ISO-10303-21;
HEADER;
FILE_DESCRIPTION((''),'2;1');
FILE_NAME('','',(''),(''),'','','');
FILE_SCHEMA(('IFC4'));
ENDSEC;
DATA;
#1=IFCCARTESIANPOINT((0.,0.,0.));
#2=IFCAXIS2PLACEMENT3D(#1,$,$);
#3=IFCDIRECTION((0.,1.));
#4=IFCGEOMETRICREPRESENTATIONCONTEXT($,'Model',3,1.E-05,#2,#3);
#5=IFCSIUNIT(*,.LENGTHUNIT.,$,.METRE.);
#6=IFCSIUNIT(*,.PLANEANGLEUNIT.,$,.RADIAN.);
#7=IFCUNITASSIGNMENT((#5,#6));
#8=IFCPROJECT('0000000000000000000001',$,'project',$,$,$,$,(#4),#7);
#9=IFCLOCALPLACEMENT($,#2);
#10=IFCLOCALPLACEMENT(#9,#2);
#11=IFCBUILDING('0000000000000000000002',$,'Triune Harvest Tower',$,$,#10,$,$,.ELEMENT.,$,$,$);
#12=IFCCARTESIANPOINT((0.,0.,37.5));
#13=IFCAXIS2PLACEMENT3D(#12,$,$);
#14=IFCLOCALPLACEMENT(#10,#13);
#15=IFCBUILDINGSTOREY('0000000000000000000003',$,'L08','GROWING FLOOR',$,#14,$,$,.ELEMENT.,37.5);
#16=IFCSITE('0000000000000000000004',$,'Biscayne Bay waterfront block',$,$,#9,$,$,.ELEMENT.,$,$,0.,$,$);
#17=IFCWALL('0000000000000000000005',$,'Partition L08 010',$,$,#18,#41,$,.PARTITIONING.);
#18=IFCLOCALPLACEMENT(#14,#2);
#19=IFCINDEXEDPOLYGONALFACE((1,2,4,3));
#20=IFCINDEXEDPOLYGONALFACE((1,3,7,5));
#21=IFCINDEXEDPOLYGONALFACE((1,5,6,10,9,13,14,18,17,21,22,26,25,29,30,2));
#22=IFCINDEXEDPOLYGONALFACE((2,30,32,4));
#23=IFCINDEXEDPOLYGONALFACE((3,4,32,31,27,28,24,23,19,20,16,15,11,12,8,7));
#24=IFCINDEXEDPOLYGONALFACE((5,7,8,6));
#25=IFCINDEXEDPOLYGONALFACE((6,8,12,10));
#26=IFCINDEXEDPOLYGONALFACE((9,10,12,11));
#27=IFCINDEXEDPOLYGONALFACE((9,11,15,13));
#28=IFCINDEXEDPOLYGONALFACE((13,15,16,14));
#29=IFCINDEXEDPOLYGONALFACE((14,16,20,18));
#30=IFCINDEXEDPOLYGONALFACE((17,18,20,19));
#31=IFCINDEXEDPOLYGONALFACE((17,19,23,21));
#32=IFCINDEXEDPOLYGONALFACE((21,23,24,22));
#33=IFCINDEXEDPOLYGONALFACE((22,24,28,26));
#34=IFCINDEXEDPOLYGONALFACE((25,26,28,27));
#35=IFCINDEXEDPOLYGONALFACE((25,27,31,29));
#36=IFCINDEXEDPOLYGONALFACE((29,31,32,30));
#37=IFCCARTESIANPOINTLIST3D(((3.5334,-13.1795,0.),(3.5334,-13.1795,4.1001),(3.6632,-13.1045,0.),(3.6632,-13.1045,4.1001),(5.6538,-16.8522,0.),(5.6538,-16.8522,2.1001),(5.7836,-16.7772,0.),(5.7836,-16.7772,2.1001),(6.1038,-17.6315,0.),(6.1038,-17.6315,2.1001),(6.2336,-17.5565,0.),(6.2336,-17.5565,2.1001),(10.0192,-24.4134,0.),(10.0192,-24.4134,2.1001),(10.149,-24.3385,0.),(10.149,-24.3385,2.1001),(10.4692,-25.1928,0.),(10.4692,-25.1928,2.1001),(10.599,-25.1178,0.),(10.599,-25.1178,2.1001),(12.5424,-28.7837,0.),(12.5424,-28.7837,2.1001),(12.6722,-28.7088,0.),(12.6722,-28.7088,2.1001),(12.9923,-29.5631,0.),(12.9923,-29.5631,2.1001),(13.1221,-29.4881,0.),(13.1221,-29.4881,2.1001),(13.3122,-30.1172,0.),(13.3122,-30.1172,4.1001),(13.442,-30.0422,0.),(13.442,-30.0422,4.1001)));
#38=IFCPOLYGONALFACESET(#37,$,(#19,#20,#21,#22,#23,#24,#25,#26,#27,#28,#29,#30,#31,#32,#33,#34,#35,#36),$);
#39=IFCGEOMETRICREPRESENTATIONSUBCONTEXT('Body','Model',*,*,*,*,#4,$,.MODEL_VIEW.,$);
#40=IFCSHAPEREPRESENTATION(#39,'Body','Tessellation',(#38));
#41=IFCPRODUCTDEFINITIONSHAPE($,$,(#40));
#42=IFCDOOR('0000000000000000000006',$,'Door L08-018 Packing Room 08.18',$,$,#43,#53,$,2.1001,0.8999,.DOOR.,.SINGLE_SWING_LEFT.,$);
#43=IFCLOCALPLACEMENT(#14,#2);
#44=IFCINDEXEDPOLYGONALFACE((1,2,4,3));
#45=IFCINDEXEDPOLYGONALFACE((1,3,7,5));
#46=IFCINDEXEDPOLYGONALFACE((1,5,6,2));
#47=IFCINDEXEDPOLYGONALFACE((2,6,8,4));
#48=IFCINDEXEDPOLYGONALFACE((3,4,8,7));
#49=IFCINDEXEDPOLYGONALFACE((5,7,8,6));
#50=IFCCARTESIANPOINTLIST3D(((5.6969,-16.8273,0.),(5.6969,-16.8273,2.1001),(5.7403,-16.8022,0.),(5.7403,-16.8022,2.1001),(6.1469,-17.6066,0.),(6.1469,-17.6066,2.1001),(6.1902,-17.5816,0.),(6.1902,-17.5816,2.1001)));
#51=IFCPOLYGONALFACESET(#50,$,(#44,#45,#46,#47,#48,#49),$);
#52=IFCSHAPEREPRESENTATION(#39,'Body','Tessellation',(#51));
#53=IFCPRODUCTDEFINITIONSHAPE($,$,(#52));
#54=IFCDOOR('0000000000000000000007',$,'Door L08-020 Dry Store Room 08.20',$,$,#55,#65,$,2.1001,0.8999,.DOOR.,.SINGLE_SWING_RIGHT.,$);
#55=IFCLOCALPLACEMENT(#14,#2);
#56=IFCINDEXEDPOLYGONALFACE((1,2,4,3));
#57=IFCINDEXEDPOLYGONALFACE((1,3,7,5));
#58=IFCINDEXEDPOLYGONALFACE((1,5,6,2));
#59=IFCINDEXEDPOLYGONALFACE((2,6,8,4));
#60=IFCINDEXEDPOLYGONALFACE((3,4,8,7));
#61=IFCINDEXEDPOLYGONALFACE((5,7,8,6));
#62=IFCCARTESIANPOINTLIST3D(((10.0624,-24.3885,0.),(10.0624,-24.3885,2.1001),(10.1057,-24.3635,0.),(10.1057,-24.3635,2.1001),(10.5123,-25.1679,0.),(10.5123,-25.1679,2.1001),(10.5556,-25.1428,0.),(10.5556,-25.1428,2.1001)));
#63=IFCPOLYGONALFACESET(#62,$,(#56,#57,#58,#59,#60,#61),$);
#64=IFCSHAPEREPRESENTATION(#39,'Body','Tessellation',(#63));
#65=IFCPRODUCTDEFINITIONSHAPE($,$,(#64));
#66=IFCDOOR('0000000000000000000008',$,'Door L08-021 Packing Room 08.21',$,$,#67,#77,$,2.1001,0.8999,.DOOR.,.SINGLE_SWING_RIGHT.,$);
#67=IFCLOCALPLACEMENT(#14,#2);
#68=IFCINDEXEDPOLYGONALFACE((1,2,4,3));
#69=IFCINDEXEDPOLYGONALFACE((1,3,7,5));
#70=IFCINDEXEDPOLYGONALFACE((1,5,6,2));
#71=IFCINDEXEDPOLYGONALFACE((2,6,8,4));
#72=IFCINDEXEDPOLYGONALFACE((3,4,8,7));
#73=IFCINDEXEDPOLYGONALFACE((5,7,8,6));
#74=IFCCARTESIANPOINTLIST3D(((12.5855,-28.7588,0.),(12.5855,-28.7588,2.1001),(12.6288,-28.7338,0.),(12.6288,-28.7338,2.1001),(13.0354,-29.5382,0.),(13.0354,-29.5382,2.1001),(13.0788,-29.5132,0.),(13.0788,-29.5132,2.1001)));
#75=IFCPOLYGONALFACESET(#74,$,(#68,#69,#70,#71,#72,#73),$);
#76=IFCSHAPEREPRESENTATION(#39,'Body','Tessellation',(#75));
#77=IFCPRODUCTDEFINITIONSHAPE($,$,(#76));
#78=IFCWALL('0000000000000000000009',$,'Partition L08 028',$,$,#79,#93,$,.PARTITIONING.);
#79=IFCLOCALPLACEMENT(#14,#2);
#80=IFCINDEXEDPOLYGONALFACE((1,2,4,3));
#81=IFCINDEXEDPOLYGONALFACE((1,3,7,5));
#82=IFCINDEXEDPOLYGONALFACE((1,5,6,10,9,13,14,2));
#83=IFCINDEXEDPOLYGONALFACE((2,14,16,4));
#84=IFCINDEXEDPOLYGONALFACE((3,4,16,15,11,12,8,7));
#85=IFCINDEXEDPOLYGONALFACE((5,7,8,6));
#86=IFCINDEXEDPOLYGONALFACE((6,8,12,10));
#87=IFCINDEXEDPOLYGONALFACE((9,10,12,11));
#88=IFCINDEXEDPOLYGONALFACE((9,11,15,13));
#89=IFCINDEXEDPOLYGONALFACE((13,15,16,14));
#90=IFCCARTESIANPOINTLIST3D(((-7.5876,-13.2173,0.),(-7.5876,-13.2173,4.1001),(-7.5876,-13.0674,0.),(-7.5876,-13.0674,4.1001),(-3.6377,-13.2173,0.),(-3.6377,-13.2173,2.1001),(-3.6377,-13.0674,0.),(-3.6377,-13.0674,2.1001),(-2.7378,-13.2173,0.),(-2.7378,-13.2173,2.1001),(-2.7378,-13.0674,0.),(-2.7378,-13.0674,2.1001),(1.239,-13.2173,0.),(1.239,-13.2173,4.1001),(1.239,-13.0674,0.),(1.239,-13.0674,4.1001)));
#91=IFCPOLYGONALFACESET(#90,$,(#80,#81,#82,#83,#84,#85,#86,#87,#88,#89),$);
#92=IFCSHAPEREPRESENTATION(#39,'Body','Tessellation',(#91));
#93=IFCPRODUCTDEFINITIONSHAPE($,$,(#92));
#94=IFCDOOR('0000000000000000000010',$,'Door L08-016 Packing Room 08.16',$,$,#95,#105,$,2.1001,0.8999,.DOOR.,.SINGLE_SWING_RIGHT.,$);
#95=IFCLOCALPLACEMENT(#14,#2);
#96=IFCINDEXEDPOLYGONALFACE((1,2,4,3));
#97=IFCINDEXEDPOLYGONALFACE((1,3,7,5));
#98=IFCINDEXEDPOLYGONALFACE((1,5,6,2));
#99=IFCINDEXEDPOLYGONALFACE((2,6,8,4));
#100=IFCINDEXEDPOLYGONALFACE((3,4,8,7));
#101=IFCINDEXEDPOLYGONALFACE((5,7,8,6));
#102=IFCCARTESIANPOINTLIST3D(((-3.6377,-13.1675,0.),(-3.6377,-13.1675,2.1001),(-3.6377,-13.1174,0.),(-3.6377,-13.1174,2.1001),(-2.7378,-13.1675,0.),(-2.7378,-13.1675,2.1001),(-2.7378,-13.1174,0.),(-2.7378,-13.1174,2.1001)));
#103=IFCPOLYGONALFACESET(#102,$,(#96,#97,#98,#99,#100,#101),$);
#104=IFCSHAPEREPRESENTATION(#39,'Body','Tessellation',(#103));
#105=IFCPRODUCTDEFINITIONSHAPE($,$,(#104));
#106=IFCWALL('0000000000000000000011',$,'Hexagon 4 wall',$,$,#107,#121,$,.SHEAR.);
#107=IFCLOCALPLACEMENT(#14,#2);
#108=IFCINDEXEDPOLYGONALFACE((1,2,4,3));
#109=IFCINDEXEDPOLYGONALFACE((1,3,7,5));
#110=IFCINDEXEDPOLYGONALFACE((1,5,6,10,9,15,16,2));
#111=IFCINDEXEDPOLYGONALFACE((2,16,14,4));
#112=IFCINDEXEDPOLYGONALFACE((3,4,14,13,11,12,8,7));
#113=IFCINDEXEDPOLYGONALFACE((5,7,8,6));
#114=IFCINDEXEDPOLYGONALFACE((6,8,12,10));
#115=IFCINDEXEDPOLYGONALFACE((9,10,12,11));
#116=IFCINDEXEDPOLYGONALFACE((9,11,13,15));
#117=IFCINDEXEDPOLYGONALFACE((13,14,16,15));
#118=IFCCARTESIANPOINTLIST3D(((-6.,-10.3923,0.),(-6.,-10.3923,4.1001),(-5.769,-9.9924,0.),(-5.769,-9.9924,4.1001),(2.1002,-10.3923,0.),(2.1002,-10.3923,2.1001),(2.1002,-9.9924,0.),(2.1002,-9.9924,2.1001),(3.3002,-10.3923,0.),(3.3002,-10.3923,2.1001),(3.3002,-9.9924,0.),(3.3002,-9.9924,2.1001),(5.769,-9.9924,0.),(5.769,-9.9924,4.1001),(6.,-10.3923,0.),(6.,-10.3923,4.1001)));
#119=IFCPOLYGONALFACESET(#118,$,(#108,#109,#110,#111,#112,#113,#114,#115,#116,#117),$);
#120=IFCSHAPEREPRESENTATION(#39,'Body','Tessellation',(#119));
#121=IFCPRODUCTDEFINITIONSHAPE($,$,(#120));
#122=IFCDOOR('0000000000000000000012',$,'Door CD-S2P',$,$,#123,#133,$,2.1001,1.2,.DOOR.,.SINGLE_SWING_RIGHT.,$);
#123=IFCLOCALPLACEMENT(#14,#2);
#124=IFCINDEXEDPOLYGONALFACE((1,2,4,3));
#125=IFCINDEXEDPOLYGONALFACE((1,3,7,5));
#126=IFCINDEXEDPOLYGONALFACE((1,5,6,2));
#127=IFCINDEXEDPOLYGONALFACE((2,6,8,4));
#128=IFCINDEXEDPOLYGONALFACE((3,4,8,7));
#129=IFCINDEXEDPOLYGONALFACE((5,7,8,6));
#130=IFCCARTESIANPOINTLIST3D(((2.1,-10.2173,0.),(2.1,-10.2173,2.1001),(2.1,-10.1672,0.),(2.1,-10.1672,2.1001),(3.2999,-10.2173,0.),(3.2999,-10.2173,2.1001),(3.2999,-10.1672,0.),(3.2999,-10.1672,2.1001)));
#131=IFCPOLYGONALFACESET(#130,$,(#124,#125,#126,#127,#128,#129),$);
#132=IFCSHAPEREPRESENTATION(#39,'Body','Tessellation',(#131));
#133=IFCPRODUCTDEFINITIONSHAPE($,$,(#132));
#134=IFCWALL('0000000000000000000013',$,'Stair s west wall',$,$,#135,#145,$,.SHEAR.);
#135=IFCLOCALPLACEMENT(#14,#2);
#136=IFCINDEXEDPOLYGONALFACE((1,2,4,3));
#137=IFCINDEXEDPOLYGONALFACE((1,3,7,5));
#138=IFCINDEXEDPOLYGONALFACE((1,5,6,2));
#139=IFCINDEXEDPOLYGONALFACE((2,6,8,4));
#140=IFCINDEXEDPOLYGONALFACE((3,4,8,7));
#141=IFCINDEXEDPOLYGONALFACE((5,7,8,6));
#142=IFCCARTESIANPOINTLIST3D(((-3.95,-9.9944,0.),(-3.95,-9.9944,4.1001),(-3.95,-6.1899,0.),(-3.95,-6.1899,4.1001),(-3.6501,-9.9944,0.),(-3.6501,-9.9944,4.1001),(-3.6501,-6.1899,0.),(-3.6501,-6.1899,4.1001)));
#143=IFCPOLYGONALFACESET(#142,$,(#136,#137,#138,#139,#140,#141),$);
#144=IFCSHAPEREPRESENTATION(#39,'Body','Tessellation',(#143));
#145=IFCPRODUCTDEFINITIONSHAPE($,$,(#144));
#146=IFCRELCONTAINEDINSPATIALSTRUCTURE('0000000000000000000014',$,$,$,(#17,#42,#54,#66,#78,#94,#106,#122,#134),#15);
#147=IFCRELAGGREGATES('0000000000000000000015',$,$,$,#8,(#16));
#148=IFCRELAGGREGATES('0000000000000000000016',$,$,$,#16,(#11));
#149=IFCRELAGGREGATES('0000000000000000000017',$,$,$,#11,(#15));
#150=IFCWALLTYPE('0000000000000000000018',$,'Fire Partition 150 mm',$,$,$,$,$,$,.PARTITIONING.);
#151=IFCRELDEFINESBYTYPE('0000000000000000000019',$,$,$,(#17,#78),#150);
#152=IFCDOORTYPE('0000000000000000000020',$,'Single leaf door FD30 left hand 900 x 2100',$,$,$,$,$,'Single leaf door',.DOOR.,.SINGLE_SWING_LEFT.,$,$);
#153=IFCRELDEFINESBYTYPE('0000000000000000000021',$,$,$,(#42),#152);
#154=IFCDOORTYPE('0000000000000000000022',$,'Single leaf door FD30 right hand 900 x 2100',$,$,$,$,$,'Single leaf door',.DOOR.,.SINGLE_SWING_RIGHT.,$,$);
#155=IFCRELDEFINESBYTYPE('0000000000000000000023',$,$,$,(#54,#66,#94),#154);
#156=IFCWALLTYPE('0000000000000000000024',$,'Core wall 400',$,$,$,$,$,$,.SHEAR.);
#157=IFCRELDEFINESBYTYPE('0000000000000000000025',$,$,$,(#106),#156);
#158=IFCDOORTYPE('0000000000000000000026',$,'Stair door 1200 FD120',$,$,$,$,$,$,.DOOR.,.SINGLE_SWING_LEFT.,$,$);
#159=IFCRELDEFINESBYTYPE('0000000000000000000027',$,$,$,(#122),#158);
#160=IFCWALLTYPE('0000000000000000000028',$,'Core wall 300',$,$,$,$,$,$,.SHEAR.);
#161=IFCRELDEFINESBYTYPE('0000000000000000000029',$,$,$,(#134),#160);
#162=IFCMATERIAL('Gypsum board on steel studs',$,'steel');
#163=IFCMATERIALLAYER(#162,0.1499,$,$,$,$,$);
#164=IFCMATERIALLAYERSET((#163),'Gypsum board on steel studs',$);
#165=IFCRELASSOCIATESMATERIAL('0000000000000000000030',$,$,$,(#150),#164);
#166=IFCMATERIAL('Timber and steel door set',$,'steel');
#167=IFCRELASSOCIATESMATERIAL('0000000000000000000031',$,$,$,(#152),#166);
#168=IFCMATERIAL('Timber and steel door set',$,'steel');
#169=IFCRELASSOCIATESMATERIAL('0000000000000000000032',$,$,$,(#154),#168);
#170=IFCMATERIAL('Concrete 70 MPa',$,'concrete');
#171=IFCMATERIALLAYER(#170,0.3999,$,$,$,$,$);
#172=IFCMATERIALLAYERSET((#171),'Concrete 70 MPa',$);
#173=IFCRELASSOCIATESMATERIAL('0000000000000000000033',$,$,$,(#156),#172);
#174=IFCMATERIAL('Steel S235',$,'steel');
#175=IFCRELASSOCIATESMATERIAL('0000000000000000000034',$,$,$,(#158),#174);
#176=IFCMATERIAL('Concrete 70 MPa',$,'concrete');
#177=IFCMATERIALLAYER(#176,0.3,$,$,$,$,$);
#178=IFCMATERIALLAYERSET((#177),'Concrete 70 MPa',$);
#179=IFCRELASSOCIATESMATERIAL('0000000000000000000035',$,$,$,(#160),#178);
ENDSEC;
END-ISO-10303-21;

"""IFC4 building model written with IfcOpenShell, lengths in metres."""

from ifc_helpers import new_model, si_unit, direction, frame, frame_2d, origin, place, context, subcontext, project, spatial, polyline, rectangle, outline, extrude, source, transform, mapped, material, layer, layer_set, type_object, element, fill, save


model = new_model("IFC4")

# Units and contexts
model_context = context("Model", 3, precision=1e-05, world=origin(), true_north=direction((0.0, 1.0)))
body_context = subcontext(model_context, "Body", "Model", "MODEL_VIEW")
ifc_project = project(units=[si_unit("LENGTHUNIT", "METRE"), si_unit("PLANEANGLEUNIT", "RADIAN")], contexts=[model_context])

# Site, building, storey
site_placement = place(None, origin())
site = spatial("IfcSite", under=ifc_project, at=site_placement, Name="Biscayne Bay waterfront block", CompositionType="ELEMENT", RefElevation=0.0)
building_placement = place(site_placement, origin())
building = spatial("IfcBuilding", under=site, at=building_placement, Name="Triune Harvest Tower", CompositionType="ELEMENT")
storey_placement = place(building_placement, frame((0.0, 0.0, 37.5)))
storey = spatial("IfcBuildingStorey", under=building, at=storey_placement, Name="L08", Description="GROWING FLOOR", CompositionType="ELEMENT", Elevation=37.5)

# Shared definitions
ifc_material_1 = material(Name="Gypsum board on steel studs", Category="steel")
ifc_layer_1 = layer(ifc_material_1, 0.1499)
ifc_layer_set_1 = layer_set([ifc_layer_1], Name="Gypsum board on steel studs")
wall_type_1 = type_object("IfcWallType", Name="Fire Partition 150 mm", PredefinedType="PARTITIONING", material=ifc_layer_set_1)

# Wall, openings, doors
ifc_material_2 = material(Name="Timber and steel door set", Category="steel")
door_type_1 = type_object("IfcDoorType", Name="Single leaf door FD30 left hand 900 x 2100", ElementType="Single leaf door", OperationType="SINGLE_SWING_LEFT", PredefinedType="DOOR", material=ifc_material_2)
ifc_material_3 = material(Name="Timber and steel door set", Category="steel")
door_type_2 = type_object("IfcDoorType", Name="Single leaf door FD30 right hand 900 x 2100", ElementType="Single leaf door", OperationType="SINGLE_SWING_RIGHT", PredefinedType="DOOR", material=ifc_material_3)
wall_1_placement = place(storey_placement, frame((3.5984, -13.1421, 0.0), z_axis=(0.0, 0.0, 1.0), x_axis=(0.499992, -0.86603, 0.0)))
wall_1 = element("IfcWall", 1, at=wall_1_placement, inside=storey, type_object=wall_type_1, Name="Partition L08 010", PredefinedType="PARTITIONING", context=body_context, shape_type="SweptSolid", body=[
    extrude(rectangle(XDim=19.5579, YDim=0.1499, at=frame_2d((9.7788, 0.0))), origin(), (0.0, 0.0, 1.0), 4.1001),
])
opening_1_placement = place(wall_1_placement, frame((4.2407, 0.0, 0.0)))
opening_1 = element("IfcOpeningElement", 2, at=opening_1_placement, cuts=wall_1, PredefinedType="OPENING", context=body_context, shape_type="SweptSolid", body=[
    extrude(rectangle(XDim=0.8999, YDim=2.1001, at=frame_2d((0.45, 1.05))), frame((0.0, 0.085, 0.0), z_axis=(0.0, -1.0, 0.0), x_axis=(1.0, 0.0, 0.0)), (0.0, 0.0, 1.0), 0.1699),
])
opening_2_placement = place(wall_1_placement, frame((12.9717, 0.0, 0.0)))
opening_2 = element("IfcOpeningElement", 3, at=opening_2_placement, cuts=wall_1, PredefinedType="OPENING", context=body_context, shape_type="SweptSolid", body=[
    extrude(rectangle(XDim=0.8999, YDim=2.1001, at=frame_2d((0.45, 1.05))), frame((0.0, 0.085, 0.0), z_axis=(0.0, -1.0, 0.0), x_axis=(1.0, 0.0, 0.0)), (0.0, 0.0, 1.0), 0.1699),
])
opening_3_placement = place(wall_1_placement, frame((18.0181, 0.0, 0.0)))
opening_3 = element("IfcOpeningElement", 4, at=opening_3_placement, cuts=wall_1, PredefinedType="OPENING", context=body_context, shape_type="SweptSolid", body=[
    extrude(rectangle(XDim=0.8999, YDim=2.1001, at=frame_2d((0.45, 1.05))), frame((0.0, 0.085, 0.0), z_axis=(0.0, -1.0, 0.0), x_axis=(1.0, 0.0, 0.0)), (0.0, 0.0, 1.0), 0.1699),
])
door_1_placement = place(opening_1_placement, origin())
door_1 = element("IfcDoor", 5, at=door_1_placement, inside=storey, type_object=door_type_1, Name="Door L08-018 Packing Room 08.18", OperationType="SINGLE_SWING_LEFT", OverallHeight=2.1001, OverallWidth=0.8999, PredefinedType="DOOR", context=body_context, shape_type="SweptSolid", body=[
    extrude(rectangle(XDim=0.8999, YDim=2.1001, at=frame_2d((0.45, 1.05))), frame((0.0, 0.0249, 0.0), z_axis=(0.0, -1.0, 0.0), x_axis=(1.0, 0.0, 0.0)), (0.0, 0.0, 1.0), 0.05),
])
fill(opening_1, door_1)
door_2_placement = place(opening_2_placement, origin())
door_2 = element("IfcDoor", 6, at=door_2_placement, inside=storey, type_object=door_type_2, Name="Door L08-020 Dry Store Room 08.20", OperationType="SINGLE_SWING_RIGHT", OverallHeight=2.1001, OverallWidth=0.8999, PredefinedType="DOOR", context=body_context, shape_type="SweptSolid", body=[
    extrude(rectangle(XDim=0.8999, YDim=2.1001, at=frame_2d((0.45, 1.05))), frame((0.0, 0.0249, 0.0), z_axis=(0.0, -1.0, 0.0), x_axis=(1.0, 0.0, 0.0)), (0.0, 0.0, 1.0), 0.05),
])
fill(opening_2, door_2)
door_3_placement = place(opening_3_placement, origin())
door_3 = element("IfcDoor", 7, at=door_3_placement, inside=storey, type_object=door_type_2, Name="Door L08-021 Packing Room 08.21", OperationType="SINGLE_SWING_RIGHT", OverallHeight=2.1001, OverallWidth=0.8999, PredefinedType="DOOR", context=body_context, shape_type="SweptSolid", body=[
    extrude(rectangle(XDim=0.8999, YDim=2.1001, at=frame_2d((0.45, 1.05))), frame((0.0, 0.0249, 0.0), z_axis=(0.0, -1.0, 0.0), x_axis=(1.0, 0.0, 0.0)), (0.0, 0.0, 1.0), 0.05),
])
fill(opening_3, door_3)

# Walls, openings, doors
wall_2_placement = place(storey_placement, frame((-7.5876, -13.1423, 0.0), z_axis=(0.0, 0.0, 1.0), x_axis=(1.0, 0.0, 0.0)))
wall_2 = element("IfcWall", 8, at=wall_2_placement, inside=storey, type_object=wall_type_1, Name="Partition L08 028", PredefinedType="PARTITIONING", context=body_context, shape_type="SweptSolid", body=[
    extrude(rectangle(XDim=8.8267, YDim=0.1499, at=frame_2d((4.4133, 0.0))), origin(), (0.0, 0.0, 1.0), 4.1001),
])
opening_4_placement = place(wall_2_placement, frame((3.95, 0.0, 0.0)))
opening_4 = element("IfcOpeningElement", 9, at=opening_4_placement, cuts=wall_2, PredefinedType="OPENING", context=body_context, shape_type="SweptSolid", body=[
    extrude(rectangle(XDim=0.8999, YDim=2.1001, at=frame_2d((0.45, 1.05))), frame((0.0, 0.085, 0.0), z_axis=(0.0, -1.0, 0.0), x_axis=(1.0, 0.0, 0.0)), (0.0, 0.0, 1.0), 0.1699),
])
door_4_placement = place(opening_4_placement, origin())
door_4 = element("IfcDoor", 10, at=door_4_placement, inside=storey, type_object=door_type_2, Name="Door L08-016 Packing Room 08.16", OperationType="SINGLE_SWING_RIGHT", OverallHeight=2.1001, OverallWidth=0.8999, PredefinedType="DOOR", context=body_context, shape_type="SweptSolid", body=[
    extrude(rectangle(XDim=0.8999, YDim=2.1001, at=frame_2d((0.45, 1.05))), frame((0.0, 0.0249, 0.0), z_axis=(0.0, -1.0, 0.0), x_axis=(1.0, 0.0, 0.0)), (0.0, 0.0, 1.0), 0.05),
])
fill(opening_4, door_4)
ifc_material_4 = material(Name="Concrete 70 MPa", Category="concrete")
ifc_layer_2 = layer(ifc_material_4, 0.3999)
ifc_layer_set_2 = layer_set([ifc_layer_2], Name="Concrete 70 MPa")
wall_type_2 = type_object("IfcWallType", Name="Core wall 400", PredefinedType="SHEAR", material=ifc_layer_set_2)
shared_shape_1 = source(origin(), body_context, "Body", "SweptSolid", [
    extrude(outline(polyline([(-0.1155, -0.2), (11.8845, -0.2), (11.6536, 0.2), (0.1155, 0.2), (-0.1155, -0.2)])), origin(), (0.0, 0.0, 1.0), 4.1001),
])
wall_3_placement = place(storey_placement, frame((-5.8845, -10.1924, 0.0), z_axis=(0.0, 0.0, 1.0), x_axis=(1.0, 0.0, 0.0)))
wall_3 = element("IfcWall", 11, at=wall_3_placement, inside=storey, type_object=wall_type_2, Name="Hexagon 4 wall", PredefinedType="SHEAR", context=body_context, shape_type="MappedRepresentation", body=[
    mapped(shared_shape_1, transform((0.0, 0.0, 0.0), scale=1.0)),
])
opening_5_placement = place(wall_3_placement, frame((7.9846, 0.0, 0.0)))
opening_5 = element("IfcOpeningElement", 12, at=opening_5_placement, cuts=wall_3, PredefinedType="OPENING", context=body_context, shape_type="SweptSolid", body=[
    extrude(rectangle(XDim=1.2, YDim=2.1001, at=frame_2d((0.6001, 1.05))), frame((0.0, 0.21, 0.0), z_axis=(0.0, -1.0, 0.0), x_axis=(1.0, 0.0, 0.0)), (0.0, 0.0, 1.0), 0.4199),
])
ifc_material_5 = material(Name="Steel S235", Category="steel")
door_type_3 = type_object("IfcDoorType", Name="Stair door 1200 FD120", OperationType="SINGLE_SWING_LEFT", PredefinedType="DOOR", material=ifc_material_5)
door_5_placement = place(opening_5_placement, frame((1.2, 0.0, 0.0), z_axis=(0.0, 0.0, 1.0), x_axis=(-1.0, 0.0, 0.0)))
door_5 = element("IfcDoor", 13, at=door_5_placement, inside=storey, type_object=door_type_3, Name="Door CD-S2P", OperationType="SINGLE_SWING_RIGHT", OverallHeight=2.1001, OverallWidth=1.2, PredefinedType="DOOR", context=body_context, shape_type="SweptSolid", body=[
    extrude(rectangle(XDim=1.2, YDim=2.1001, at=frame_2d((0.6001, 1.05))), frame((0.0, 0.0249, 0.0), z_axis=(0.0, -1.0, 0.0), x_axis=(1.0, 0.0, 0.0)), (0.0, 0.0, 1.0), 0.05),
])
fill(opening_5, door_5)

# Wall
ifc_material_6 = material(Name="Concrete 70 MPa", Category="concrete")
ifc_layer_3 = layer(ifc_material_6, 0.3)
ifc_layer_set_3 = layer_set([ifc_layer_3], Name="Concrete 70 MPa")
wall_type_3 = type_object("IfcWallType", Name="Core wall 300", PredefinedType="SHEAR", material=ifc_layer_set_3)
shared_shape_2 = source(origin(), body_context, "Body", "SweptSolid", [
    extrude(outline(polyline([(3.8, -0.1499), (-0.0044, -0.1499), (-0.0044, 0.1499), (3.8, 0.1499), (3.8, -0.1499)])), origin(), (0.0, 0.0, 1.0), 4.1001),
])
wall_4_placement = place(storey_placement, frame((-3.8, -9.99, 0.0), z_axis=(0.0, 0.0, 1.0), x_axis=(0.0, 1.0, 0.0)))
element("IfcWall", 14, at=wall_4_placement, inside=storey, type_object=wall_type_3, Name="Stair s west wall", PredefinedType="SHEAR", context=body_context, shape_type="MappedRepresentation", body=[
    mapped(shared_shape_2, transform((0.0, 0.0, 0.0), scale=1.0)),
])

save(model, "model.ifc")
